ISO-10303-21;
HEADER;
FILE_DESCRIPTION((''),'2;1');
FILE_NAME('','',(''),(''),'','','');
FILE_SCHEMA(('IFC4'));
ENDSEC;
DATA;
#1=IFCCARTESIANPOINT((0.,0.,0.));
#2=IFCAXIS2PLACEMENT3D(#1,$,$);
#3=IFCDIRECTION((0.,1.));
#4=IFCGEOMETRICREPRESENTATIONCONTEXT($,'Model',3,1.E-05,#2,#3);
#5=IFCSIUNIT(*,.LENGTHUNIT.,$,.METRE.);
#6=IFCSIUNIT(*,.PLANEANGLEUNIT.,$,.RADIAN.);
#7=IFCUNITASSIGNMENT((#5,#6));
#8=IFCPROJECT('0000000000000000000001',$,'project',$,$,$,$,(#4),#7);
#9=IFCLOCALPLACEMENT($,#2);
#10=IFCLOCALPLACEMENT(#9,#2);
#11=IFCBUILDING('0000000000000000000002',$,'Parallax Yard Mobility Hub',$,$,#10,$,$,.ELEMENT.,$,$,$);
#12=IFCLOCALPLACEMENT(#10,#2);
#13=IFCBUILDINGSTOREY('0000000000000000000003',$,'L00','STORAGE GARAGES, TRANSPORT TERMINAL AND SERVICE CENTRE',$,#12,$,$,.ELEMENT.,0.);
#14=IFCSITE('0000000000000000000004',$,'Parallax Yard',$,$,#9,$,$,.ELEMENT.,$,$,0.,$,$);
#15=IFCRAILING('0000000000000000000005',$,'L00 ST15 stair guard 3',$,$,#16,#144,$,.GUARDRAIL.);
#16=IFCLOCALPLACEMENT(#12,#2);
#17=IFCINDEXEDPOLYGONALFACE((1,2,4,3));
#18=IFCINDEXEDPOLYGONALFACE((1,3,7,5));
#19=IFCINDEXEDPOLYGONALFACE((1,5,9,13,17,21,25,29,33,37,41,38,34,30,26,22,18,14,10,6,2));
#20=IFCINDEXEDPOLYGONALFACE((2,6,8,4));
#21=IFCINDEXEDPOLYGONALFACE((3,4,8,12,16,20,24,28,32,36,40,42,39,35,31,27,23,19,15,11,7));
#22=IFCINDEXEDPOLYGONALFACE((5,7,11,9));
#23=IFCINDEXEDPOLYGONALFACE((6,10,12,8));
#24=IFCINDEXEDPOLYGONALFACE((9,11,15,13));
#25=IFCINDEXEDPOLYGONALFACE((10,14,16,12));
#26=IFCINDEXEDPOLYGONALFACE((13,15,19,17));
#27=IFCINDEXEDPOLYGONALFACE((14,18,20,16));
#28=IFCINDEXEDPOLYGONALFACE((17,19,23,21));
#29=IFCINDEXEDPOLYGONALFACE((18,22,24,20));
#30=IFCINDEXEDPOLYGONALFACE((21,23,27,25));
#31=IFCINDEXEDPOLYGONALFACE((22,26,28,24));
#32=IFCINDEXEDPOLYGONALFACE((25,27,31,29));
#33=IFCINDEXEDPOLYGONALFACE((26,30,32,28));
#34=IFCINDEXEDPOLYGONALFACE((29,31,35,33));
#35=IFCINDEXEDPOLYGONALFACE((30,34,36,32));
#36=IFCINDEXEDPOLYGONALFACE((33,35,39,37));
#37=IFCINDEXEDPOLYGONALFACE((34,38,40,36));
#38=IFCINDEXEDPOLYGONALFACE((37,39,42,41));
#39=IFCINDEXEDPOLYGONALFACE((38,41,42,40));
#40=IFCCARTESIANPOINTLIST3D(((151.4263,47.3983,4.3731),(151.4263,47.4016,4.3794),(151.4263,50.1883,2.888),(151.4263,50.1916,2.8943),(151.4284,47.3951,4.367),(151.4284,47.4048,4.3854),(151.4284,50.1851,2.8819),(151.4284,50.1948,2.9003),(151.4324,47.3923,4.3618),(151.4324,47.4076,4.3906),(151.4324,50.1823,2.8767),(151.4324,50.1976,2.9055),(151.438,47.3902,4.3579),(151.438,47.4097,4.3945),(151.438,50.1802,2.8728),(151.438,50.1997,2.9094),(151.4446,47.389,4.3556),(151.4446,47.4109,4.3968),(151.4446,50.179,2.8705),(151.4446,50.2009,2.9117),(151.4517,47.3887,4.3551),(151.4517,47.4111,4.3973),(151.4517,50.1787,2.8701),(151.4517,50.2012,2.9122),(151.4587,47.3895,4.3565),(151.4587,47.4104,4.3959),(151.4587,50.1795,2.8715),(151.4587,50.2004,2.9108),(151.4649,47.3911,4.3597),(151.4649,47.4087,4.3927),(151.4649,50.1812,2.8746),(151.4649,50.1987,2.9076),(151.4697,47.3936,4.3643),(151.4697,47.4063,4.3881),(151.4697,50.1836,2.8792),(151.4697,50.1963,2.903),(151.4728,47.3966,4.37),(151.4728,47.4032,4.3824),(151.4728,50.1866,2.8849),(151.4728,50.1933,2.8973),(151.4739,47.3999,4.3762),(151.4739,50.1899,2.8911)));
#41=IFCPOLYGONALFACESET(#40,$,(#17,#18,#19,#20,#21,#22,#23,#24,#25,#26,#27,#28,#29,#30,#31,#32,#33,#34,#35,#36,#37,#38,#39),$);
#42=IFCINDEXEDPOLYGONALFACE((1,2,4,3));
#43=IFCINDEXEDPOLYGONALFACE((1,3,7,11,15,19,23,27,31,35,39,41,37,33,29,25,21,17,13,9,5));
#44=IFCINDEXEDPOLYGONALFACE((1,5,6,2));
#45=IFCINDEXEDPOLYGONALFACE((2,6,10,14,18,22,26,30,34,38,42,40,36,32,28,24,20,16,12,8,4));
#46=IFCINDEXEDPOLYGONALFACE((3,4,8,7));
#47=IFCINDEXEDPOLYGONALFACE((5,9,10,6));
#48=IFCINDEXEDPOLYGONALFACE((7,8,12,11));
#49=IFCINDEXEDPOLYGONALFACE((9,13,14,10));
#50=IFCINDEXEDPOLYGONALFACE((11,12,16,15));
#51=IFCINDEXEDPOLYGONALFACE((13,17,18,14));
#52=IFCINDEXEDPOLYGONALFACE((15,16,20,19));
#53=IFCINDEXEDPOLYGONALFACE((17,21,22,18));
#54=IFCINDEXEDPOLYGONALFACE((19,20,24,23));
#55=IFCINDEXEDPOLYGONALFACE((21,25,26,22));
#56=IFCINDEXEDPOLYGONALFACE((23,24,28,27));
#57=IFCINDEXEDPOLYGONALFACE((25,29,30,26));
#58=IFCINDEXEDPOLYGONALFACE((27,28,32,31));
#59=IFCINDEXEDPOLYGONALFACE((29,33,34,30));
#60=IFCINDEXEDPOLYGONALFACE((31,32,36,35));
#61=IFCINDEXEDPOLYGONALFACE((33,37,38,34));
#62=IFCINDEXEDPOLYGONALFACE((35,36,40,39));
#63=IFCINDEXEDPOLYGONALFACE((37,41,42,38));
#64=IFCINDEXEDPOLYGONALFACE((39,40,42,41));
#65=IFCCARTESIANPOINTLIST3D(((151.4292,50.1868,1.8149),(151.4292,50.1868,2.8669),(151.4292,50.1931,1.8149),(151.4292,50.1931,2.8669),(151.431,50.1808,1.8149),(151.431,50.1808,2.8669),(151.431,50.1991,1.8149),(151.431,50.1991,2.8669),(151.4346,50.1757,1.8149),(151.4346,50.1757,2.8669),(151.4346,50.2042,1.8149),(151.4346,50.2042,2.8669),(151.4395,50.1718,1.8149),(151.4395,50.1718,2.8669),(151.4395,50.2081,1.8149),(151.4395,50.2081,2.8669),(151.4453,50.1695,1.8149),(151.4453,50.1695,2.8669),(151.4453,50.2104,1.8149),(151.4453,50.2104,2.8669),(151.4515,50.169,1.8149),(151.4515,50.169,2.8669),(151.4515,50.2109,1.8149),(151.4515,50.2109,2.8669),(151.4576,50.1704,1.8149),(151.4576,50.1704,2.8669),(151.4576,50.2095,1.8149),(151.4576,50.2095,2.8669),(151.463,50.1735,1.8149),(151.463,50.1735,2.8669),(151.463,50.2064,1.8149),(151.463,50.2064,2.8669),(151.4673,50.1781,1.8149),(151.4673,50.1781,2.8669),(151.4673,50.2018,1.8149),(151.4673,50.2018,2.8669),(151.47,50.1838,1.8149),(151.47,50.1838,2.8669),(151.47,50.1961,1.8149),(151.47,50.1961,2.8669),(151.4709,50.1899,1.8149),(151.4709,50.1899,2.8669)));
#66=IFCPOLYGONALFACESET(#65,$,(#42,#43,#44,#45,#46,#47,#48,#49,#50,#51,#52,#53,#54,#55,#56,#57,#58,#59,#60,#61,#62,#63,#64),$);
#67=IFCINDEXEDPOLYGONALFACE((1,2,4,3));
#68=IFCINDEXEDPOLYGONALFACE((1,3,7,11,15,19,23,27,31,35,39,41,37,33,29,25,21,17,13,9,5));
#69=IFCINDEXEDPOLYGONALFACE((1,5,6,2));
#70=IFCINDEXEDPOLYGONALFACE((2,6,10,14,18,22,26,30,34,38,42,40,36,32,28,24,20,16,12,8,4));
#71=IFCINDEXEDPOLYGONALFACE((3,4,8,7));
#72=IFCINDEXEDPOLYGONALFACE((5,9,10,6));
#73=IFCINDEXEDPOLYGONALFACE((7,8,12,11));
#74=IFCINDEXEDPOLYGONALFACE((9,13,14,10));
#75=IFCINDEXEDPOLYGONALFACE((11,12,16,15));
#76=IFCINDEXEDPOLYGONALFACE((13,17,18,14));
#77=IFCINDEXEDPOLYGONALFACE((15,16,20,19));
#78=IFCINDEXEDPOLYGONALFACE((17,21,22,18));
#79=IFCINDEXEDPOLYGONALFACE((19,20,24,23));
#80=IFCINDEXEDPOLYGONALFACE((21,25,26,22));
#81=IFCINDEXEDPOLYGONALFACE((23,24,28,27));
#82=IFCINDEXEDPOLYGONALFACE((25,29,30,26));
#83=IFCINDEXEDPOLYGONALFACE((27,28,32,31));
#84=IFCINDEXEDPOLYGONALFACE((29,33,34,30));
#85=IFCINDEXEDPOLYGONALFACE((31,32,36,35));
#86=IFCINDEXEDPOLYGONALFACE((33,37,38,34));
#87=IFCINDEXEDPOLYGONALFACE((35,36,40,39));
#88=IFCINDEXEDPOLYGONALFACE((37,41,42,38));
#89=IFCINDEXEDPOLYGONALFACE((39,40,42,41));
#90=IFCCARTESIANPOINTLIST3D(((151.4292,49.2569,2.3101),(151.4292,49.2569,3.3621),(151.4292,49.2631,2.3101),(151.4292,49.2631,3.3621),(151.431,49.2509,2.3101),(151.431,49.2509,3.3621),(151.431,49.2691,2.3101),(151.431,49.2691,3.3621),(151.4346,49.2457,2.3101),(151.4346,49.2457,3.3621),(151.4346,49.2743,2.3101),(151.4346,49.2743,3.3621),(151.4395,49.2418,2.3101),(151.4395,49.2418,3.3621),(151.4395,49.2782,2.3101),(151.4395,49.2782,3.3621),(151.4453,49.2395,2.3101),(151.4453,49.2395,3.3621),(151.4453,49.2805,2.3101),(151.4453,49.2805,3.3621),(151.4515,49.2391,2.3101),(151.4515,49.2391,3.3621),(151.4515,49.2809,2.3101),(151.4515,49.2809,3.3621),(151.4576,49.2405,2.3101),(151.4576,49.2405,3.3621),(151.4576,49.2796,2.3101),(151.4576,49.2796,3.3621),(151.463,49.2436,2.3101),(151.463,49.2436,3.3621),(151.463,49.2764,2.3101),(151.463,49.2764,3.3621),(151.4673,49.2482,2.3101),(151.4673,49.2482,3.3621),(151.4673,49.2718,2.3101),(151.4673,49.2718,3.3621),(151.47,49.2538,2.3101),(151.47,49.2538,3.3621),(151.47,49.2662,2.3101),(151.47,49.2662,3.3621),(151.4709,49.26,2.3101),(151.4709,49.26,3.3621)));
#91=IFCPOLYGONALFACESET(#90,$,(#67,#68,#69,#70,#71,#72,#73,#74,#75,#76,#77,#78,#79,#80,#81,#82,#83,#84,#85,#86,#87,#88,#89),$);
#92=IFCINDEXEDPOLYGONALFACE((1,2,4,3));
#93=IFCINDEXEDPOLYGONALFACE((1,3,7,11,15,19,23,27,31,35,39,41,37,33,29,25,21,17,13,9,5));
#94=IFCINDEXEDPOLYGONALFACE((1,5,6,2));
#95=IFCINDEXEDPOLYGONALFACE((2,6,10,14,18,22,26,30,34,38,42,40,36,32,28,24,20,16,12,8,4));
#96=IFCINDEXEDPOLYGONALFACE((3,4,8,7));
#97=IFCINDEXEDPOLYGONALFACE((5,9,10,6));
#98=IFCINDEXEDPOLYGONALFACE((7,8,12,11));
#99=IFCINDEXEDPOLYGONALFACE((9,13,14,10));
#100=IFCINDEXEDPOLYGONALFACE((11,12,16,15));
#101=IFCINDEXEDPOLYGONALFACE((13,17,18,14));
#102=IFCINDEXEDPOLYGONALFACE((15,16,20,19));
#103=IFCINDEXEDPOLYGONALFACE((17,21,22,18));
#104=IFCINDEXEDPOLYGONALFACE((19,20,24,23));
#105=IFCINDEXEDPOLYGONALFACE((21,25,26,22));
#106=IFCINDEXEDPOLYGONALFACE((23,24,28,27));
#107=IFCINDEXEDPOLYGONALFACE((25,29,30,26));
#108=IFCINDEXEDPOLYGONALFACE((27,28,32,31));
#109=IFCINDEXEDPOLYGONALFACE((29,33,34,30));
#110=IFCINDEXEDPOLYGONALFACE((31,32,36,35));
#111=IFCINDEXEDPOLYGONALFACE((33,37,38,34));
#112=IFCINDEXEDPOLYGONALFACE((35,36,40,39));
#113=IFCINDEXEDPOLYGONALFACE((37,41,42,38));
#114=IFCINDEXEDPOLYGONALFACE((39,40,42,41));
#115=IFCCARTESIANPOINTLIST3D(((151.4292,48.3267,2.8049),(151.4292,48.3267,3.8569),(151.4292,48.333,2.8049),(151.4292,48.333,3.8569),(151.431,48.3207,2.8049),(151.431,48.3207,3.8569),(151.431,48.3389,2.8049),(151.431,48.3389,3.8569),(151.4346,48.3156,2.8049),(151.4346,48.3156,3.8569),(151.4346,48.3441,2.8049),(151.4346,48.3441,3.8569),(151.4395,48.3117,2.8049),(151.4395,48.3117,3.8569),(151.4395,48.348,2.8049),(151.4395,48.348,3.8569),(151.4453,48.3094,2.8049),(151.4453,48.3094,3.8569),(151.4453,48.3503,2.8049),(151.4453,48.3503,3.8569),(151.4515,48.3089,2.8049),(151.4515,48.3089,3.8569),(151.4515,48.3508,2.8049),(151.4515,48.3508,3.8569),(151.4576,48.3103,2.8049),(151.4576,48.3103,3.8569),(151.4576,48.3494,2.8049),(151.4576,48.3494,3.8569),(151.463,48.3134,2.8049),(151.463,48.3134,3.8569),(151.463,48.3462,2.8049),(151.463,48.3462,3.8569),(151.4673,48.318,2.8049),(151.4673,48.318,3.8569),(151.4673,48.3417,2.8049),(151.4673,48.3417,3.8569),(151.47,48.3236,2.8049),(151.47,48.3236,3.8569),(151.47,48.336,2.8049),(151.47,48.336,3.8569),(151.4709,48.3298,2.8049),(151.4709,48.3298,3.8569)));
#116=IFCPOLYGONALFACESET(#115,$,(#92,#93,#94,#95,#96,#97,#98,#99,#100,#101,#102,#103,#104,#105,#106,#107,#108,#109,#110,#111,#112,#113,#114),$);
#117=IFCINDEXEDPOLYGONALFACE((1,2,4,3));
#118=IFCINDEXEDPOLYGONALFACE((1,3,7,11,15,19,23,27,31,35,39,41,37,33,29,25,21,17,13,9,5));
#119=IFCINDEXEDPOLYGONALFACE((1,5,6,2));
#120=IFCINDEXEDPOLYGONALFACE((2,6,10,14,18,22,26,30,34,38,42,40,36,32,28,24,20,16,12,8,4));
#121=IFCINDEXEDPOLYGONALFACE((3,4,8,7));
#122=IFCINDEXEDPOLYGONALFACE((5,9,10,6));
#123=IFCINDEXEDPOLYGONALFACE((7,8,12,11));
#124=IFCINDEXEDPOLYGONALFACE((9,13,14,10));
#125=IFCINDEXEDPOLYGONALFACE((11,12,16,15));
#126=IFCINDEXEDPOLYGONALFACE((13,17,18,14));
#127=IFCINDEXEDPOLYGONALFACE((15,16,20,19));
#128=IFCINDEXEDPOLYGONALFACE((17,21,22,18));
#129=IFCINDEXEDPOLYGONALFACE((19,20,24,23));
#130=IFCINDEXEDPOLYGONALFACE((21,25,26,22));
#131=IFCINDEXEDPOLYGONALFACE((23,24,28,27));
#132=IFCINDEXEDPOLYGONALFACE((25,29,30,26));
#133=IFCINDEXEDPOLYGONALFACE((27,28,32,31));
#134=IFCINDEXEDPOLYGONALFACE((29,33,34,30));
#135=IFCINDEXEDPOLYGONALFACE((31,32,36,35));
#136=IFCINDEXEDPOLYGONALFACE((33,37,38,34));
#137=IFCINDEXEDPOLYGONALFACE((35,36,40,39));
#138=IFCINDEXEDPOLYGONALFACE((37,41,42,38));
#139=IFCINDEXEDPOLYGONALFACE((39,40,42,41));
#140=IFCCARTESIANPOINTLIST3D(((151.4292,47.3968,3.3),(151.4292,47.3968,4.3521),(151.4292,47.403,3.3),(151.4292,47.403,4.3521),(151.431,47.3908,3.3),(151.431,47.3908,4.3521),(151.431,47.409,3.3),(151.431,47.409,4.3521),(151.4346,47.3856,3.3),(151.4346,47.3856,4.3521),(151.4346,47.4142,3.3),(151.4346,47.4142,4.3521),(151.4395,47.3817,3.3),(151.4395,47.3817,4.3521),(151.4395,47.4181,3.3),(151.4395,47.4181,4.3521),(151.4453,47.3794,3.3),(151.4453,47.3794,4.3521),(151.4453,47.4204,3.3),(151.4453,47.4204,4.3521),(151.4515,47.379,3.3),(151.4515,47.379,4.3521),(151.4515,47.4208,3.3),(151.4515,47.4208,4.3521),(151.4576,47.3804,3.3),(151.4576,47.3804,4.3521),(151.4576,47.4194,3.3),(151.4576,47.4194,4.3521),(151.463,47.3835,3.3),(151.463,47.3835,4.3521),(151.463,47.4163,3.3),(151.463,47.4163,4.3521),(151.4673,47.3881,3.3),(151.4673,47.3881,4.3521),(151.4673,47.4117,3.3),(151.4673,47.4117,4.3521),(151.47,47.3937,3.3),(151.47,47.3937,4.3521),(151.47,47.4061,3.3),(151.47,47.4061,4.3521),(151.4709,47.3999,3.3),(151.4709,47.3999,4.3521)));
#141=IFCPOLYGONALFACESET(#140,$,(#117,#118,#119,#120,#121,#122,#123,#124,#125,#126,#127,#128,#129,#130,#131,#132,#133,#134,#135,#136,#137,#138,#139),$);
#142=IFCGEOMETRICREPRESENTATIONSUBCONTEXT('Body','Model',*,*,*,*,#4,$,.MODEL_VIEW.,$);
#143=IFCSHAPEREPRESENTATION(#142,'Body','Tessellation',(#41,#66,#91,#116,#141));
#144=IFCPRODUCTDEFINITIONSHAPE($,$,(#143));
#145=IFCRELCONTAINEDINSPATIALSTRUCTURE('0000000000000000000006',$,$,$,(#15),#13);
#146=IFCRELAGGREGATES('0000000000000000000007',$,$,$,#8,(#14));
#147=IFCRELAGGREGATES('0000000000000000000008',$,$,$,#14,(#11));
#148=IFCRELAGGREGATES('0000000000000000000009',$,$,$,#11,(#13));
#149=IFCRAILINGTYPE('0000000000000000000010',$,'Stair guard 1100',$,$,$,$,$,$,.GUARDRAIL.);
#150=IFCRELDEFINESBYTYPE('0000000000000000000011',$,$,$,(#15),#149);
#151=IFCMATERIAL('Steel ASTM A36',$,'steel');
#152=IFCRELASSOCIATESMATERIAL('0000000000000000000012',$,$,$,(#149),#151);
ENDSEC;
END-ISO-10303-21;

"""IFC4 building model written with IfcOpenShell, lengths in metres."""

from ifc_helpers import new_model, si_unit, direction, frame, origin, origin_2d, place, context, subcontext, project, spatial, circle, extrude, material, type_object, element, save


model = new_model("IFC4")

# Units and contexts
model_context = context("Model", 3, precision=1e-05, world=origin(), true_north=direction((0.0, 1.0)))
body_context = subcontext(model_context, "Body", "Model", "MODEL_VIEW")
ifc_project = project(units=[si_unit("LENGTHUNIT", "METRE"), si_unit("PLANEANGLEUNIT", "RADIAN")], contexts=[model_context])

# Site, building, storey
site_placement = place(None, origin())
site = spatial("IfcSite", under=ifc_project, at=site_placement, Name="Parallax Yard", CompositionType="ELEMENT", RefElevation=0.0)
building_placement = place(site_placement, origin())
building = spatial("IfcBuilding", under=site, at=building_placement, Name="Parallax Yard Mobility Hub", CompositionType="ELEMENT")
storey_placement = place(building_placement, origin())
storey = spatial("IfcBuildingStorey", under=building, at=storey_placement, Name="L00", Description="STORAGE GARAGES, TRANSPORT TERMINAL AND SERVICE CENTRE", CompositionType="ELEMENT", Elevation=0.0)

# Railing
ifc_material_1 = material(Name="Steel ASTM A36", Category="steel")
railing_type_1 = type_object("IfcRailingType", Name="Stair guard 1100", PredefinedType="GUARDRAIL", material=ifc_material_1)
railing_1_placement = place(storey_placement, frame((151.45, 50.1899, 1.8149)))
element("IfcRailing", 1, at=railing_1_placement, inside=storey, type_object=railing_type_1, Name="L00 ST15 stair guard 3", PredefinedType="GUARDRAIL", context=body_context, shape_type="SweptSolid", body=[
    extrude(circle(Radius=0.0239, at=origin_2d()), frame((0.0, 0.0, 1.0762), z_axis=(0.0, -0.882735, 0.46987), x_axis=(1.0, 0.0, 0.0)), (0.0, 0.0, 1.0), 3.1606),
    extrude(circle(Radius=0.021, at=origin_2d()), origin(), (0.0, 0.0, 1.0), 1.052),
    extrude(circle(Radius=0.021, at=origin_2d()), frame((0.0, -0.9299, 0.4951)), (0.0, 0.0, 1.0), 1.052),
    extrude(circle(Radius=0.021, at=origin_2d()), frame((0.0, -1.8601, 0.99)), (0.0, 0.0, 1.0), 1.052),
    extrude(circle(Radius=0.021, at=origin_2d()), frame((0.0, -2.79, 1.4851)), (0.0, 0.0, 1.0), 1.052),
])

save(model, "model.ifc")
